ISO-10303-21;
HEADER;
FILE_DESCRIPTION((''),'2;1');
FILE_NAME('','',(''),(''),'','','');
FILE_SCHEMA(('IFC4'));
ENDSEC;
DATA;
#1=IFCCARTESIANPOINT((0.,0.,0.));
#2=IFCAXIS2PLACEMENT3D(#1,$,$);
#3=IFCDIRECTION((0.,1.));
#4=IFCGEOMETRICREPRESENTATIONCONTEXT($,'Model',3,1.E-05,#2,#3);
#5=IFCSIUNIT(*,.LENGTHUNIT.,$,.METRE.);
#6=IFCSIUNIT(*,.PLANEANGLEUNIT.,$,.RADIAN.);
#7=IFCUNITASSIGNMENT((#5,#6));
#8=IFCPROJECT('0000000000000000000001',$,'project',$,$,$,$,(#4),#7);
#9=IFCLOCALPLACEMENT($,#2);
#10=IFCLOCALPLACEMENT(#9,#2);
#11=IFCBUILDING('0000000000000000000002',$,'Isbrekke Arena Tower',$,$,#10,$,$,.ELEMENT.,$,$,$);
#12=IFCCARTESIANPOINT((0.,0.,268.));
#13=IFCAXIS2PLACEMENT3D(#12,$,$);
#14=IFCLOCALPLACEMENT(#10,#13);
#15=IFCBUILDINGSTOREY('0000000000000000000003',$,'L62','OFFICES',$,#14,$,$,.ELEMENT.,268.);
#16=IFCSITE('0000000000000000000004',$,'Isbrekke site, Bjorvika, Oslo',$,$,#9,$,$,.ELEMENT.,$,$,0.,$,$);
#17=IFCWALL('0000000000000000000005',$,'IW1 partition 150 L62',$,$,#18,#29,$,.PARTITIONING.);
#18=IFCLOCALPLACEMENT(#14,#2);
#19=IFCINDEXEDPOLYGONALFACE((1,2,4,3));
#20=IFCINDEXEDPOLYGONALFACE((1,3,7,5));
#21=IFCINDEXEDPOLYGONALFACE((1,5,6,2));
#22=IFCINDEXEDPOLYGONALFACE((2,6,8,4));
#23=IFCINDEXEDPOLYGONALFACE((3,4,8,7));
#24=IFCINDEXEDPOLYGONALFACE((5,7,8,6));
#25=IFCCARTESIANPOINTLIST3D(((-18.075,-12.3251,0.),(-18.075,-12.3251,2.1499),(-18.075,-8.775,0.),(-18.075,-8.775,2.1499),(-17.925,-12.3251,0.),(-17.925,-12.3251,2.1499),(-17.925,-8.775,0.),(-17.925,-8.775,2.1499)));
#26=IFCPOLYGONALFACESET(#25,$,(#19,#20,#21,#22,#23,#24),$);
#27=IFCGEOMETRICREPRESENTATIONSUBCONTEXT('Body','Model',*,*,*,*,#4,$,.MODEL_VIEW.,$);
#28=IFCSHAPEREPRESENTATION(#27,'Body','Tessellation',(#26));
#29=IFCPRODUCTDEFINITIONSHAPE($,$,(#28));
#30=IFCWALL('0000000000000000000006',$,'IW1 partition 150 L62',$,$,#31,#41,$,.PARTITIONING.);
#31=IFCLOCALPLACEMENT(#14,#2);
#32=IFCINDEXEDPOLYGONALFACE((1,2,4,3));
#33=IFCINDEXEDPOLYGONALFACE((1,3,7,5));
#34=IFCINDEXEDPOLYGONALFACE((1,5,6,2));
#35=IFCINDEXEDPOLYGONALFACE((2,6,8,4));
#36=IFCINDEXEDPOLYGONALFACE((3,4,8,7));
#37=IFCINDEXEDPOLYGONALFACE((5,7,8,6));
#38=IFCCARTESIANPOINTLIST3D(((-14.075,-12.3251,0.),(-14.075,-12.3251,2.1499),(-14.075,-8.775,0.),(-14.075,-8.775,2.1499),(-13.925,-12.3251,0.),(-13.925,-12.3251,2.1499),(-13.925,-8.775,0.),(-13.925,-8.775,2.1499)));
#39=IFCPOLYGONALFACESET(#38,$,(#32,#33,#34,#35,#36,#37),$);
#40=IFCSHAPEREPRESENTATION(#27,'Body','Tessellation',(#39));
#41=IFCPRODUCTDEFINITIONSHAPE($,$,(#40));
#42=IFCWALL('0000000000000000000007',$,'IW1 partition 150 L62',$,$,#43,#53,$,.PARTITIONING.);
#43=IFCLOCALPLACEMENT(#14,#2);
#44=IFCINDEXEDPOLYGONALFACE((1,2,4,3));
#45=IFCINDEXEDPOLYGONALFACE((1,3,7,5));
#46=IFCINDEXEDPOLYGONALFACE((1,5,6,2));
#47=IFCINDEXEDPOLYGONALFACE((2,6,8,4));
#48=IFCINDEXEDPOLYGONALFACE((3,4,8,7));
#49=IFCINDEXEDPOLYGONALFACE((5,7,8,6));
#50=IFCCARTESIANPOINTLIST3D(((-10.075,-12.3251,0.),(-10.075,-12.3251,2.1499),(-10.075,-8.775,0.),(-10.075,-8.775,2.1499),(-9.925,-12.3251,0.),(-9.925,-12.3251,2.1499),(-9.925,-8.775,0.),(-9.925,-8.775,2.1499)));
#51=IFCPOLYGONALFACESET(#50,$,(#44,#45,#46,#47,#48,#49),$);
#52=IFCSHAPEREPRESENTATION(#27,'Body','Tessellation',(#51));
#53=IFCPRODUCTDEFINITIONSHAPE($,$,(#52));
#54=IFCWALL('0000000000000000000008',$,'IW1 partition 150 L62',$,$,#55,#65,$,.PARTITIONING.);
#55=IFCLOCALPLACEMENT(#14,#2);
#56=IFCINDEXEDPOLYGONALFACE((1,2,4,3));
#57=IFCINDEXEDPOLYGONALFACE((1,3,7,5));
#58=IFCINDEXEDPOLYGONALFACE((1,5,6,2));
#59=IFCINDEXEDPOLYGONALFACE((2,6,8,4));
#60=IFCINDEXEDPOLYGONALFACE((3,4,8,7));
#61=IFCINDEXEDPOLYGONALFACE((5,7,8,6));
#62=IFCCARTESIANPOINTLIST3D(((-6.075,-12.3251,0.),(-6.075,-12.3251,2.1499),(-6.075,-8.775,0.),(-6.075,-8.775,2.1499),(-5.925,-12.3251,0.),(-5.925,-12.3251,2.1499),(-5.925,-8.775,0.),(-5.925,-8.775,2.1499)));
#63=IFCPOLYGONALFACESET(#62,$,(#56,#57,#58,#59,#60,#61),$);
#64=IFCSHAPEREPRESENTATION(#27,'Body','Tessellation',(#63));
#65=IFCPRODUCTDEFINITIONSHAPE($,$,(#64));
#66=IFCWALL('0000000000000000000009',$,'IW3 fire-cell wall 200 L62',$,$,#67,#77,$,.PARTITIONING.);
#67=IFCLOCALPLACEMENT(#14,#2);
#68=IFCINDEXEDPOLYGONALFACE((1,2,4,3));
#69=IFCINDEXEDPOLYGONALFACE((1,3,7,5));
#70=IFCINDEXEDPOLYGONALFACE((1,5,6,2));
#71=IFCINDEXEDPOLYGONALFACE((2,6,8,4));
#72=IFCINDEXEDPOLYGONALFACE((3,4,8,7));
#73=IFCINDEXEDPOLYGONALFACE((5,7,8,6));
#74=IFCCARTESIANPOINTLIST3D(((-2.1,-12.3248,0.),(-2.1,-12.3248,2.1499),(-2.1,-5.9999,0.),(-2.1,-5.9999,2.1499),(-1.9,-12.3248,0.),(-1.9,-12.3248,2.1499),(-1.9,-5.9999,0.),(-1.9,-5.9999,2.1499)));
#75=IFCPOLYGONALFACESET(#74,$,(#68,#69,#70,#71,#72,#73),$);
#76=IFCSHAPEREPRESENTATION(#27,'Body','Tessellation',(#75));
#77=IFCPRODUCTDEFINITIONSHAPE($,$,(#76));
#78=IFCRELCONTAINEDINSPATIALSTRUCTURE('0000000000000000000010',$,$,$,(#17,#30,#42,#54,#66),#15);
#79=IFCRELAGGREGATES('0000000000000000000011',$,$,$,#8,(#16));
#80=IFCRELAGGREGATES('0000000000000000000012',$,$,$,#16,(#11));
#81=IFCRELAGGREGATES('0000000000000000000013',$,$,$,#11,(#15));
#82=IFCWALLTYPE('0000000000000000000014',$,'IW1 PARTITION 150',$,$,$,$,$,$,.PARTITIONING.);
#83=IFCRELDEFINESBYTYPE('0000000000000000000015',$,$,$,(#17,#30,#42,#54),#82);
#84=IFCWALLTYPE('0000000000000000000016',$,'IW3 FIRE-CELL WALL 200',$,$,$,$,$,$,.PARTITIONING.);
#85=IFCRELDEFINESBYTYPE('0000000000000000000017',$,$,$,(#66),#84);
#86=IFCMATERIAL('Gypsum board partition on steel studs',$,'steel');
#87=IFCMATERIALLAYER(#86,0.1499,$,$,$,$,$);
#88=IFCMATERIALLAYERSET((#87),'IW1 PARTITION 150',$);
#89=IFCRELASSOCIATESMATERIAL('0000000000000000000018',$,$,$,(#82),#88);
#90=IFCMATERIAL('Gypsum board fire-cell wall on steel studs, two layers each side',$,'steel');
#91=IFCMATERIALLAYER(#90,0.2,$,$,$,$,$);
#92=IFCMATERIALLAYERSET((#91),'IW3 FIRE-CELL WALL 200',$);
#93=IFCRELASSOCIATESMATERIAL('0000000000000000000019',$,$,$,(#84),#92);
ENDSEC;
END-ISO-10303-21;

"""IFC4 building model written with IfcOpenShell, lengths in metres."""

from ifc_helpers import new_model, si_unit, direction, frame, frame_2d, origin, place, context, subcontext, project, spatial, rectangle, extrude, material, layer, layer_set, type_object, element, save


model = new_model("IFC4")

# Units and contexts
model_context = context("Model", 3, precision=1e-05, world=origin(), true_north=direction((0.0, 1.0)))
body_context = subcontext(model_context, "Body", "Model", "MODEL_VIEW")
ifc_project = project(units=[si_unit("LENGTHUNIT", "METRE"), si_unit("PLANEANGLEUNIT", "RADIAN")], contexts=[model_context])

# Site, building, storey
site_placement = place(None, origin())
site = spatial("IfcSite", under=ifc_project, at=site_placement, Name="Isbrekke site, Bjorvika, Oslo", CompositionType="ELEMENT", RefElevation=0.0)
building_placement = place(site_placement, origin())
building = spatial("IfcBuilding", under=site, at=building_placement, Name="Isbrekke Arena Tower", CompositionType="ELEMENT")
storey_placement = place(building_placement, frame((0.0, 0.0, 268.0)))
storey = spatial("IfcBuildingStorey", under=building, at=storey_placement, Name="L62", Description="OFFICES", CompositionType="ELEMENT", Elevation=268.0)

# Shared definitions
ifc_material_1 = material(Name="Gypsum board partition on steel studs", Category="steel")
ifc_layer_1 = layer(ifc_material_1, 0.1499)
ifc_layer_set_1 = layer_set([ifc_layer_1], Name="IW1 PARTITION 150")
wall_type_1 = type_object("IfcWallType", Name="IW1 PARTITION 150", PredefinedType="PARTITIONING", material=ifc_layer_set_1)

# Walls
for number, where, z_axis, x_axis, name in (
    (1, (-18.0, -12.325, 0.0), (0.0, 0.0, 1.0), (0.0, 1.0, 0.0), "IW1 partition 150 L62"),
    (2, (-14.0, -12.325, 0.0), (0.0, 0.0, 1.0), (0.0, 1.0, 0.0), "IW1 partition 150 L62"),
    (3, (-10.0, -12.325, 0.0), (0.0, 0.0, 1.0), (0.0, 1.0, 0.0), "IW1 partition 150 L62"),
    (4, (-6.0, -12.325, 0.0), (0.0, 0.0, 1.0), (0.0, 1.0, 0.0), "IW1 partition 150 L62"),
):
    element("IfcWall", number, at=place(storey_placement, frame(where, z_axis=z_axis, x_axis=x_axis)), inside=storey, type_object=wall_type_1, Name=name, PredefinedType="PARTITIONING", context=body_context, shape_type="SweptSolid", body=[
        extrude(rectangle(XDim=3.55, YDim=0.1499, at=frame_2d((1.7749, 0.0))), origin(), (0.0, 0.0, 1.0), 2.1499),
    ])
ifc_material_2 = material(Name="Gypsum board fire-cell wall on steel studs, two layers each side", Category="steel")
ifc_layer_2 = layer(ifc_material_2, 0.2)
ifc_layer_set_2 = layer_set([ifc_layer_2], Name="IW3 FIRE-CELL WALL 200")
wall_type_2 = type_object("IfcWallType", Name="IW3 FIRE-CELL WALL 200", PredefinedType="PARTITIONING", material=ifc_layer_set_2)
wall_1_placement = place(storey_placement, frame((-2.0, -12.325, 0.0), z_axis=(0.0, 0.0, 1.0), x_axis=(0.0, 1.0, 0.0)))
element("IfcWall", 5, at=wall_1_placement, inside=storey, type_object=wall_type_2, Name="IW3 fire-cell wall 200 L62", PredefinedType="PARTITIONING", context=body_context, shape_type="SweptSolid", body=[
    extrude(rectangle(XDim=6.325, YDim=0.2, at=frame_2d((3.1626, 0.0))), origin(), (0.0, 0.0, 1.0), 2.1499),
])

save(model, "model.ifc")
